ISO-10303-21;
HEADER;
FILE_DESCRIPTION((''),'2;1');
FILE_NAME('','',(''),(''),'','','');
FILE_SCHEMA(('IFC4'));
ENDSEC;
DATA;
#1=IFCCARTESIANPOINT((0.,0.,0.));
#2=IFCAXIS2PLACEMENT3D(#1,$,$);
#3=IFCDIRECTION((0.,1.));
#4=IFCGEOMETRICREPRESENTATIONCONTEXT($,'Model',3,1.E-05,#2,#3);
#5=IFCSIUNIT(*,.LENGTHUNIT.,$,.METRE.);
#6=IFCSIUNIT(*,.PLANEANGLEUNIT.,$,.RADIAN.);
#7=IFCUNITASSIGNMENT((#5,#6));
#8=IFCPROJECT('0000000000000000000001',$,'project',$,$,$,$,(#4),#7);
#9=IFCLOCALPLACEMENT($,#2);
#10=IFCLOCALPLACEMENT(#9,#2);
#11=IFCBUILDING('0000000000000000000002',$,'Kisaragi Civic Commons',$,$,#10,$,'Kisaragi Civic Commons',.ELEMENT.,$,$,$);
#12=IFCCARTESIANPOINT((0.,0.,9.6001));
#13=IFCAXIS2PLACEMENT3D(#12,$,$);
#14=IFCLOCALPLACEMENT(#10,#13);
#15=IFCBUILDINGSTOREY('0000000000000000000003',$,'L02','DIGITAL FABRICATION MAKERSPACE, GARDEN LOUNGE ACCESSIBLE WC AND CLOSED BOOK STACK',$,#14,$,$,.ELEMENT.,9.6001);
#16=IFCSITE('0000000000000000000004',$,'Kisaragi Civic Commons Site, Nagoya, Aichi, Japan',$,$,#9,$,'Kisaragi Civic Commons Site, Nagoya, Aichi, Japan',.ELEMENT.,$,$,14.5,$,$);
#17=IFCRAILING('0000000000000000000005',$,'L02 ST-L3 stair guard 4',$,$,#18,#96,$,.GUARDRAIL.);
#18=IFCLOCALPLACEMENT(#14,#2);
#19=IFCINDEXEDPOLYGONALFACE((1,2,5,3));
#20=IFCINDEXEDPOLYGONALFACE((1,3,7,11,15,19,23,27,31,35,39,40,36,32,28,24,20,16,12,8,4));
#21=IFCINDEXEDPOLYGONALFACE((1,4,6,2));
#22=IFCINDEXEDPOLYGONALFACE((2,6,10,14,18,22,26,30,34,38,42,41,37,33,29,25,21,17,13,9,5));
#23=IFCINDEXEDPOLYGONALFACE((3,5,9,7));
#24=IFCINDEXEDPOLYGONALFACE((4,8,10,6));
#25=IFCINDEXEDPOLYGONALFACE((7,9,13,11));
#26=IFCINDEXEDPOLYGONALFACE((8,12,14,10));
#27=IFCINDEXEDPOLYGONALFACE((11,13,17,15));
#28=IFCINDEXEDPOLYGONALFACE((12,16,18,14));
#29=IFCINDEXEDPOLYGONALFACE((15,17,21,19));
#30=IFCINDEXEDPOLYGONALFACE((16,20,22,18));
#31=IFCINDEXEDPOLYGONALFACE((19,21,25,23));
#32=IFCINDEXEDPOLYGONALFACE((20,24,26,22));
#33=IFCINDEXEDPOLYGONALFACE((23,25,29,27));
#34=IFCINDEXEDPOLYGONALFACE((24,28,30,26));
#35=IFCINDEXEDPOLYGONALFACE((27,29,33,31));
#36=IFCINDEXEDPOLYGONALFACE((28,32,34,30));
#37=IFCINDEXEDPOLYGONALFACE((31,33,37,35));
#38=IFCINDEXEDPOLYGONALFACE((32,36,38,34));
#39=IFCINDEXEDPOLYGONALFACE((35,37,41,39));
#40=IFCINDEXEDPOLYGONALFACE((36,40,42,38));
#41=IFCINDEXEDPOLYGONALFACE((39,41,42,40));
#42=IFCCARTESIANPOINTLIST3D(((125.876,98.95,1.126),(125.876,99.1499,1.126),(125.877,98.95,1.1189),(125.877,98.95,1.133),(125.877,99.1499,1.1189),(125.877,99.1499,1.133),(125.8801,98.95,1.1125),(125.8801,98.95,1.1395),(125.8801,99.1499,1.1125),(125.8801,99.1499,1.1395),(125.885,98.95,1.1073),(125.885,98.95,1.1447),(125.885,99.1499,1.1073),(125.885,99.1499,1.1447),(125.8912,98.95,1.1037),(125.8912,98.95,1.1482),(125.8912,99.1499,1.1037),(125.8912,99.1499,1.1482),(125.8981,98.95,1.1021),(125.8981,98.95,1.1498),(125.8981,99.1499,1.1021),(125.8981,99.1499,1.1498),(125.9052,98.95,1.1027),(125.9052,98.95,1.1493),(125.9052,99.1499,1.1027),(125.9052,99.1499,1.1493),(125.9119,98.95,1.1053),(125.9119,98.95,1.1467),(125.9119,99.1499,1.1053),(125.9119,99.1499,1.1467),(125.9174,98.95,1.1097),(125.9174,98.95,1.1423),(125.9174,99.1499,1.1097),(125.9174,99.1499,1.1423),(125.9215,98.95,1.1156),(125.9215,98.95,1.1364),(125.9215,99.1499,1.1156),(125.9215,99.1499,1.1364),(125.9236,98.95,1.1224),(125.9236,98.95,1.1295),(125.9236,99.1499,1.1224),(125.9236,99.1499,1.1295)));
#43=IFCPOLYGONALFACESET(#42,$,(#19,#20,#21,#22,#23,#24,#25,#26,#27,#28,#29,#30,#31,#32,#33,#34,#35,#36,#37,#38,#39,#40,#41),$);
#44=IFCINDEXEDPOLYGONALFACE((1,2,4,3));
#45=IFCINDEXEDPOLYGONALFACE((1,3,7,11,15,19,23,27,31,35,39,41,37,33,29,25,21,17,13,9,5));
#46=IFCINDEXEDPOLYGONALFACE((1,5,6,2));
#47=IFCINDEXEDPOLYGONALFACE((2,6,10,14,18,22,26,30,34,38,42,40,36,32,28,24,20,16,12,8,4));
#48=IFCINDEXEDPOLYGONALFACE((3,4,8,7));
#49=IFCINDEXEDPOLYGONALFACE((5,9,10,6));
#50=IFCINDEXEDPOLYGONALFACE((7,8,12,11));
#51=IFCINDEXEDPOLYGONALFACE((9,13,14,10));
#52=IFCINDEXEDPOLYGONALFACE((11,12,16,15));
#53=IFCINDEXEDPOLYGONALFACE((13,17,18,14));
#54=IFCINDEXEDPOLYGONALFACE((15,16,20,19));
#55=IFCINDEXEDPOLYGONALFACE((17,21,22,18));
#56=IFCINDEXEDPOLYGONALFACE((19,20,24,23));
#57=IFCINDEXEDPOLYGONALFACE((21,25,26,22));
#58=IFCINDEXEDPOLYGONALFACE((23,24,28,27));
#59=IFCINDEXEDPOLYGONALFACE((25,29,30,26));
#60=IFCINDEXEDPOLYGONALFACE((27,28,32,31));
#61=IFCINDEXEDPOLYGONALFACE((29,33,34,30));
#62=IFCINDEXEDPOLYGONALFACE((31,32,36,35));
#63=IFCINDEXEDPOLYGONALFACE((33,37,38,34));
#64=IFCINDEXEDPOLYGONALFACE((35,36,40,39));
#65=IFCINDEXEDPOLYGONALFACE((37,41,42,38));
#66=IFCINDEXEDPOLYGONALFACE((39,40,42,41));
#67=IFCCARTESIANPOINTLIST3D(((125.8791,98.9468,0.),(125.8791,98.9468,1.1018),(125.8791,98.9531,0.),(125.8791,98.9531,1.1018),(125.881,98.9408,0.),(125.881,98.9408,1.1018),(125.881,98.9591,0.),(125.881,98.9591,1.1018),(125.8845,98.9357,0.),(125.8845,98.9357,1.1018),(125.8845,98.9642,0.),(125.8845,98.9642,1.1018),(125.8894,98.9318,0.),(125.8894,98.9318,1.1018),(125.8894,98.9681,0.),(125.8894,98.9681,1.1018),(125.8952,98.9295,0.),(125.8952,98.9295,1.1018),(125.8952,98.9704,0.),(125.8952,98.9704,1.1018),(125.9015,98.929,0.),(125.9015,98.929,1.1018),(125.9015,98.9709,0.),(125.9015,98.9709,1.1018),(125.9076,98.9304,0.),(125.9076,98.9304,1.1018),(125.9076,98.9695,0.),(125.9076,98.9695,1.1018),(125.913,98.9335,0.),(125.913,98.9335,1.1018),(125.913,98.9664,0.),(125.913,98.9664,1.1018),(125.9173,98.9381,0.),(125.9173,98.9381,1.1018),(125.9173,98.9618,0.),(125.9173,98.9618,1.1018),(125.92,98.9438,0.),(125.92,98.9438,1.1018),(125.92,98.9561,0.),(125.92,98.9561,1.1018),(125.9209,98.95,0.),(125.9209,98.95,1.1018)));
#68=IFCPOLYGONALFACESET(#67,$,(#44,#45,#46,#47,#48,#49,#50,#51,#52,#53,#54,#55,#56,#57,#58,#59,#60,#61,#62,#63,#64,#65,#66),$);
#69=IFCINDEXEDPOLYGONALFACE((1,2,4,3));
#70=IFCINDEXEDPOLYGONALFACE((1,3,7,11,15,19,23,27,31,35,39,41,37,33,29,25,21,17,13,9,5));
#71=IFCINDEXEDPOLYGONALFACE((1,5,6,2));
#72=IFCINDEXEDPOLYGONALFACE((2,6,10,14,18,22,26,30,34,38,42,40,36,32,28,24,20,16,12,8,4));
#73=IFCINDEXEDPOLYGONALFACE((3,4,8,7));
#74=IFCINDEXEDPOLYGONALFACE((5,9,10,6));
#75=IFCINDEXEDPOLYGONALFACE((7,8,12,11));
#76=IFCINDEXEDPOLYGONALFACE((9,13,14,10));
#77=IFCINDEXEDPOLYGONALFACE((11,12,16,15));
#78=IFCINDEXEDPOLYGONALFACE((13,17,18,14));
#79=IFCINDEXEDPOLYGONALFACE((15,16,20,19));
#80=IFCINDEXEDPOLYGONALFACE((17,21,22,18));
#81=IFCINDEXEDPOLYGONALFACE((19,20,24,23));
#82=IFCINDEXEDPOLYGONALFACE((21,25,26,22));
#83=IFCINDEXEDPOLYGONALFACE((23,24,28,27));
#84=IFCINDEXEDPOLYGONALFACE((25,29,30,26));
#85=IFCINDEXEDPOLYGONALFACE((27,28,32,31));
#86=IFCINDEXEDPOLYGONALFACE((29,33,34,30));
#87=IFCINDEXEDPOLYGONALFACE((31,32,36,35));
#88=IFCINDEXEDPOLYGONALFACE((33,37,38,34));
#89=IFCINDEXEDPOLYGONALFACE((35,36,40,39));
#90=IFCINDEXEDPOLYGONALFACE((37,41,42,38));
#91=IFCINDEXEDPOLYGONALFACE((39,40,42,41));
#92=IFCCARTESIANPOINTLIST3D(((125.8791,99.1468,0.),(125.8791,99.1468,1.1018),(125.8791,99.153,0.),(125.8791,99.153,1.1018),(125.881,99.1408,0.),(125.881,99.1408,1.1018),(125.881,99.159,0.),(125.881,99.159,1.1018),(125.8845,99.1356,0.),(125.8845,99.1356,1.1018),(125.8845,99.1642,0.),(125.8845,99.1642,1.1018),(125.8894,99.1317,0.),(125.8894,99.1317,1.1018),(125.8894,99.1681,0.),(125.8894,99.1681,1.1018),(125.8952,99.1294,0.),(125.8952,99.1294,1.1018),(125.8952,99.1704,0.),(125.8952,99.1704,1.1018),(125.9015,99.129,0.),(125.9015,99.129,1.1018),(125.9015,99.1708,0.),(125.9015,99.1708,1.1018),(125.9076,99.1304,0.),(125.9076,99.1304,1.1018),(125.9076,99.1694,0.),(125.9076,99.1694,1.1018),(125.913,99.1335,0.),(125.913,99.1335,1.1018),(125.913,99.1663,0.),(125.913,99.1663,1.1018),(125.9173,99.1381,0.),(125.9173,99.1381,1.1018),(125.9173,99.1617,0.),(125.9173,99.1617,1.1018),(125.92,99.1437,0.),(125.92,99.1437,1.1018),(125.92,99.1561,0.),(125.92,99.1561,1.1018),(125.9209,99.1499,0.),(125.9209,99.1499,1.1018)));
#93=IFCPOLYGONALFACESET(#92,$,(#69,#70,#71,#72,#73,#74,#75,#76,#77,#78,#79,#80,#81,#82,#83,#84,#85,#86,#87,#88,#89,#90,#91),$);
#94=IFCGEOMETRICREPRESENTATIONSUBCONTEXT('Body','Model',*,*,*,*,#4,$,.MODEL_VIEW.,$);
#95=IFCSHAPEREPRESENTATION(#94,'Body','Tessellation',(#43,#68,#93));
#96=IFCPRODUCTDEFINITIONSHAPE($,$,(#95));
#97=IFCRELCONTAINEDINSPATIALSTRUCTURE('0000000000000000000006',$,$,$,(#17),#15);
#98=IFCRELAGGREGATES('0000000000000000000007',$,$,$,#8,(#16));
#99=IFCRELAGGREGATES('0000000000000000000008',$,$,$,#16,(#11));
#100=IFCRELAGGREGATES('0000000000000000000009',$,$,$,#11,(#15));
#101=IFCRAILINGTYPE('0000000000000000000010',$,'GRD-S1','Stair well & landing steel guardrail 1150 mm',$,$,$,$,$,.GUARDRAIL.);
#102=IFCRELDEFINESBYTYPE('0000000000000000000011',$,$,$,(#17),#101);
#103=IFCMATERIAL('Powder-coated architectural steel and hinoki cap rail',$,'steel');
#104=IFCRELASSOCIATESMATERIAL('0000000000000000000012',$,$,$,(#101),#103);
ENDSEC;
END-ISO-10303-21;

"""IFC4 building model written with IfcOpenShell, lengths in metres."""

from ifc_helpers import new_model, si_unit, direction, frame, origin, origin_2d, place, context, subcontext, project, spatial, circle, extrude, material, type_object, element, save


model = new_model("IFC4")

# Units and contexts
model_context = context("Model", 3, precision=1e-05, world=origin(), true_north=direction((0.0, 1.0)))
body_context = subcontext(model_context, "Body", "Model", "MODEL_VIEW")
ifc_project = project(units=[si_unit("LENGTHUNIT", "METRE"), si_unit("PLANEANGLEUNIT", "RADIAN")], contexts=[model_context])

# Site, building, storey
site_placement = place(None, origin())
site = spatial("IfcSite", under=ifc_project, at=site_placement, Name="Kisaragi Civic Commons Site, Nagoya, Aichi, Japan", LongName="Kisaragi Civic Commons Site, Nagoya, Aichi, Japan", CompositionType="ELEMENT", RefElevation=14.5)
building_placement = place(site_placement, origin())
building = spatial("IfcBuilding", under=site, at=building_placement, Name="Kisaragi Civic Commons", LongName="Kisaragi Civic Commons", CompositionType="ELEMENT")
storey_placement = place(building_placement, frame((0.0, 0.0, 9.6001)))
storey = spatial("IfcBuildingStorey", under=building, at=storey_placement, Name="L02", Description="DIGITAL FABRICATION MAKERSPACE, GARDEN LOUNGE ACCESSIBLE WC AND CLOSED BOOK STACK", CompositionType="ELEMENT", Elevation=9.6001)

# Railing
ifc_material_1 = material(Name="Powder-coated architectural steel and hinoki cap rail", Category="steel")
railing_type_1 = type_object("IfcRailingType", Name="GRD-S1", Description="Stair well & landing steel guardrail 1150 mm", PredefinedType="GUARDRAIL", material=ifc_material_1)
railing_1_placement = place(storey_placement, frame((125.8999, 98.95, 0.0)))
element("IfcRailing", 1, at=railing_1_placement, inside=storey, type_object=railing_type_1, Name="L02 ST-L3 stair guard 4", PredefinedType="GUARDRAIL", context=body_context, shape_type="SweptSolid", body=[
    extrude(circle(Radius=0.0239, at=origin_2d()), frame((0.0, 0.0, 1.126), z_axis=(0.0, 1.0, 0.0), x_axis=(-1.0, 0.0, 0.0)), (0.0, 0.0, 1.0), 0.2),
    extrude(circle(Radius=0.021, at=origin_2d()), origin(), (0.0, 0.0, 1.0), 1.1018),
    extrude(circle(Radius=0.021, at=origin_2d()), frame((0.0, 0.2, 0.0)), (0.0, 0.0, 1.0), 1.1018),
])

save(model, "model.ifc")
